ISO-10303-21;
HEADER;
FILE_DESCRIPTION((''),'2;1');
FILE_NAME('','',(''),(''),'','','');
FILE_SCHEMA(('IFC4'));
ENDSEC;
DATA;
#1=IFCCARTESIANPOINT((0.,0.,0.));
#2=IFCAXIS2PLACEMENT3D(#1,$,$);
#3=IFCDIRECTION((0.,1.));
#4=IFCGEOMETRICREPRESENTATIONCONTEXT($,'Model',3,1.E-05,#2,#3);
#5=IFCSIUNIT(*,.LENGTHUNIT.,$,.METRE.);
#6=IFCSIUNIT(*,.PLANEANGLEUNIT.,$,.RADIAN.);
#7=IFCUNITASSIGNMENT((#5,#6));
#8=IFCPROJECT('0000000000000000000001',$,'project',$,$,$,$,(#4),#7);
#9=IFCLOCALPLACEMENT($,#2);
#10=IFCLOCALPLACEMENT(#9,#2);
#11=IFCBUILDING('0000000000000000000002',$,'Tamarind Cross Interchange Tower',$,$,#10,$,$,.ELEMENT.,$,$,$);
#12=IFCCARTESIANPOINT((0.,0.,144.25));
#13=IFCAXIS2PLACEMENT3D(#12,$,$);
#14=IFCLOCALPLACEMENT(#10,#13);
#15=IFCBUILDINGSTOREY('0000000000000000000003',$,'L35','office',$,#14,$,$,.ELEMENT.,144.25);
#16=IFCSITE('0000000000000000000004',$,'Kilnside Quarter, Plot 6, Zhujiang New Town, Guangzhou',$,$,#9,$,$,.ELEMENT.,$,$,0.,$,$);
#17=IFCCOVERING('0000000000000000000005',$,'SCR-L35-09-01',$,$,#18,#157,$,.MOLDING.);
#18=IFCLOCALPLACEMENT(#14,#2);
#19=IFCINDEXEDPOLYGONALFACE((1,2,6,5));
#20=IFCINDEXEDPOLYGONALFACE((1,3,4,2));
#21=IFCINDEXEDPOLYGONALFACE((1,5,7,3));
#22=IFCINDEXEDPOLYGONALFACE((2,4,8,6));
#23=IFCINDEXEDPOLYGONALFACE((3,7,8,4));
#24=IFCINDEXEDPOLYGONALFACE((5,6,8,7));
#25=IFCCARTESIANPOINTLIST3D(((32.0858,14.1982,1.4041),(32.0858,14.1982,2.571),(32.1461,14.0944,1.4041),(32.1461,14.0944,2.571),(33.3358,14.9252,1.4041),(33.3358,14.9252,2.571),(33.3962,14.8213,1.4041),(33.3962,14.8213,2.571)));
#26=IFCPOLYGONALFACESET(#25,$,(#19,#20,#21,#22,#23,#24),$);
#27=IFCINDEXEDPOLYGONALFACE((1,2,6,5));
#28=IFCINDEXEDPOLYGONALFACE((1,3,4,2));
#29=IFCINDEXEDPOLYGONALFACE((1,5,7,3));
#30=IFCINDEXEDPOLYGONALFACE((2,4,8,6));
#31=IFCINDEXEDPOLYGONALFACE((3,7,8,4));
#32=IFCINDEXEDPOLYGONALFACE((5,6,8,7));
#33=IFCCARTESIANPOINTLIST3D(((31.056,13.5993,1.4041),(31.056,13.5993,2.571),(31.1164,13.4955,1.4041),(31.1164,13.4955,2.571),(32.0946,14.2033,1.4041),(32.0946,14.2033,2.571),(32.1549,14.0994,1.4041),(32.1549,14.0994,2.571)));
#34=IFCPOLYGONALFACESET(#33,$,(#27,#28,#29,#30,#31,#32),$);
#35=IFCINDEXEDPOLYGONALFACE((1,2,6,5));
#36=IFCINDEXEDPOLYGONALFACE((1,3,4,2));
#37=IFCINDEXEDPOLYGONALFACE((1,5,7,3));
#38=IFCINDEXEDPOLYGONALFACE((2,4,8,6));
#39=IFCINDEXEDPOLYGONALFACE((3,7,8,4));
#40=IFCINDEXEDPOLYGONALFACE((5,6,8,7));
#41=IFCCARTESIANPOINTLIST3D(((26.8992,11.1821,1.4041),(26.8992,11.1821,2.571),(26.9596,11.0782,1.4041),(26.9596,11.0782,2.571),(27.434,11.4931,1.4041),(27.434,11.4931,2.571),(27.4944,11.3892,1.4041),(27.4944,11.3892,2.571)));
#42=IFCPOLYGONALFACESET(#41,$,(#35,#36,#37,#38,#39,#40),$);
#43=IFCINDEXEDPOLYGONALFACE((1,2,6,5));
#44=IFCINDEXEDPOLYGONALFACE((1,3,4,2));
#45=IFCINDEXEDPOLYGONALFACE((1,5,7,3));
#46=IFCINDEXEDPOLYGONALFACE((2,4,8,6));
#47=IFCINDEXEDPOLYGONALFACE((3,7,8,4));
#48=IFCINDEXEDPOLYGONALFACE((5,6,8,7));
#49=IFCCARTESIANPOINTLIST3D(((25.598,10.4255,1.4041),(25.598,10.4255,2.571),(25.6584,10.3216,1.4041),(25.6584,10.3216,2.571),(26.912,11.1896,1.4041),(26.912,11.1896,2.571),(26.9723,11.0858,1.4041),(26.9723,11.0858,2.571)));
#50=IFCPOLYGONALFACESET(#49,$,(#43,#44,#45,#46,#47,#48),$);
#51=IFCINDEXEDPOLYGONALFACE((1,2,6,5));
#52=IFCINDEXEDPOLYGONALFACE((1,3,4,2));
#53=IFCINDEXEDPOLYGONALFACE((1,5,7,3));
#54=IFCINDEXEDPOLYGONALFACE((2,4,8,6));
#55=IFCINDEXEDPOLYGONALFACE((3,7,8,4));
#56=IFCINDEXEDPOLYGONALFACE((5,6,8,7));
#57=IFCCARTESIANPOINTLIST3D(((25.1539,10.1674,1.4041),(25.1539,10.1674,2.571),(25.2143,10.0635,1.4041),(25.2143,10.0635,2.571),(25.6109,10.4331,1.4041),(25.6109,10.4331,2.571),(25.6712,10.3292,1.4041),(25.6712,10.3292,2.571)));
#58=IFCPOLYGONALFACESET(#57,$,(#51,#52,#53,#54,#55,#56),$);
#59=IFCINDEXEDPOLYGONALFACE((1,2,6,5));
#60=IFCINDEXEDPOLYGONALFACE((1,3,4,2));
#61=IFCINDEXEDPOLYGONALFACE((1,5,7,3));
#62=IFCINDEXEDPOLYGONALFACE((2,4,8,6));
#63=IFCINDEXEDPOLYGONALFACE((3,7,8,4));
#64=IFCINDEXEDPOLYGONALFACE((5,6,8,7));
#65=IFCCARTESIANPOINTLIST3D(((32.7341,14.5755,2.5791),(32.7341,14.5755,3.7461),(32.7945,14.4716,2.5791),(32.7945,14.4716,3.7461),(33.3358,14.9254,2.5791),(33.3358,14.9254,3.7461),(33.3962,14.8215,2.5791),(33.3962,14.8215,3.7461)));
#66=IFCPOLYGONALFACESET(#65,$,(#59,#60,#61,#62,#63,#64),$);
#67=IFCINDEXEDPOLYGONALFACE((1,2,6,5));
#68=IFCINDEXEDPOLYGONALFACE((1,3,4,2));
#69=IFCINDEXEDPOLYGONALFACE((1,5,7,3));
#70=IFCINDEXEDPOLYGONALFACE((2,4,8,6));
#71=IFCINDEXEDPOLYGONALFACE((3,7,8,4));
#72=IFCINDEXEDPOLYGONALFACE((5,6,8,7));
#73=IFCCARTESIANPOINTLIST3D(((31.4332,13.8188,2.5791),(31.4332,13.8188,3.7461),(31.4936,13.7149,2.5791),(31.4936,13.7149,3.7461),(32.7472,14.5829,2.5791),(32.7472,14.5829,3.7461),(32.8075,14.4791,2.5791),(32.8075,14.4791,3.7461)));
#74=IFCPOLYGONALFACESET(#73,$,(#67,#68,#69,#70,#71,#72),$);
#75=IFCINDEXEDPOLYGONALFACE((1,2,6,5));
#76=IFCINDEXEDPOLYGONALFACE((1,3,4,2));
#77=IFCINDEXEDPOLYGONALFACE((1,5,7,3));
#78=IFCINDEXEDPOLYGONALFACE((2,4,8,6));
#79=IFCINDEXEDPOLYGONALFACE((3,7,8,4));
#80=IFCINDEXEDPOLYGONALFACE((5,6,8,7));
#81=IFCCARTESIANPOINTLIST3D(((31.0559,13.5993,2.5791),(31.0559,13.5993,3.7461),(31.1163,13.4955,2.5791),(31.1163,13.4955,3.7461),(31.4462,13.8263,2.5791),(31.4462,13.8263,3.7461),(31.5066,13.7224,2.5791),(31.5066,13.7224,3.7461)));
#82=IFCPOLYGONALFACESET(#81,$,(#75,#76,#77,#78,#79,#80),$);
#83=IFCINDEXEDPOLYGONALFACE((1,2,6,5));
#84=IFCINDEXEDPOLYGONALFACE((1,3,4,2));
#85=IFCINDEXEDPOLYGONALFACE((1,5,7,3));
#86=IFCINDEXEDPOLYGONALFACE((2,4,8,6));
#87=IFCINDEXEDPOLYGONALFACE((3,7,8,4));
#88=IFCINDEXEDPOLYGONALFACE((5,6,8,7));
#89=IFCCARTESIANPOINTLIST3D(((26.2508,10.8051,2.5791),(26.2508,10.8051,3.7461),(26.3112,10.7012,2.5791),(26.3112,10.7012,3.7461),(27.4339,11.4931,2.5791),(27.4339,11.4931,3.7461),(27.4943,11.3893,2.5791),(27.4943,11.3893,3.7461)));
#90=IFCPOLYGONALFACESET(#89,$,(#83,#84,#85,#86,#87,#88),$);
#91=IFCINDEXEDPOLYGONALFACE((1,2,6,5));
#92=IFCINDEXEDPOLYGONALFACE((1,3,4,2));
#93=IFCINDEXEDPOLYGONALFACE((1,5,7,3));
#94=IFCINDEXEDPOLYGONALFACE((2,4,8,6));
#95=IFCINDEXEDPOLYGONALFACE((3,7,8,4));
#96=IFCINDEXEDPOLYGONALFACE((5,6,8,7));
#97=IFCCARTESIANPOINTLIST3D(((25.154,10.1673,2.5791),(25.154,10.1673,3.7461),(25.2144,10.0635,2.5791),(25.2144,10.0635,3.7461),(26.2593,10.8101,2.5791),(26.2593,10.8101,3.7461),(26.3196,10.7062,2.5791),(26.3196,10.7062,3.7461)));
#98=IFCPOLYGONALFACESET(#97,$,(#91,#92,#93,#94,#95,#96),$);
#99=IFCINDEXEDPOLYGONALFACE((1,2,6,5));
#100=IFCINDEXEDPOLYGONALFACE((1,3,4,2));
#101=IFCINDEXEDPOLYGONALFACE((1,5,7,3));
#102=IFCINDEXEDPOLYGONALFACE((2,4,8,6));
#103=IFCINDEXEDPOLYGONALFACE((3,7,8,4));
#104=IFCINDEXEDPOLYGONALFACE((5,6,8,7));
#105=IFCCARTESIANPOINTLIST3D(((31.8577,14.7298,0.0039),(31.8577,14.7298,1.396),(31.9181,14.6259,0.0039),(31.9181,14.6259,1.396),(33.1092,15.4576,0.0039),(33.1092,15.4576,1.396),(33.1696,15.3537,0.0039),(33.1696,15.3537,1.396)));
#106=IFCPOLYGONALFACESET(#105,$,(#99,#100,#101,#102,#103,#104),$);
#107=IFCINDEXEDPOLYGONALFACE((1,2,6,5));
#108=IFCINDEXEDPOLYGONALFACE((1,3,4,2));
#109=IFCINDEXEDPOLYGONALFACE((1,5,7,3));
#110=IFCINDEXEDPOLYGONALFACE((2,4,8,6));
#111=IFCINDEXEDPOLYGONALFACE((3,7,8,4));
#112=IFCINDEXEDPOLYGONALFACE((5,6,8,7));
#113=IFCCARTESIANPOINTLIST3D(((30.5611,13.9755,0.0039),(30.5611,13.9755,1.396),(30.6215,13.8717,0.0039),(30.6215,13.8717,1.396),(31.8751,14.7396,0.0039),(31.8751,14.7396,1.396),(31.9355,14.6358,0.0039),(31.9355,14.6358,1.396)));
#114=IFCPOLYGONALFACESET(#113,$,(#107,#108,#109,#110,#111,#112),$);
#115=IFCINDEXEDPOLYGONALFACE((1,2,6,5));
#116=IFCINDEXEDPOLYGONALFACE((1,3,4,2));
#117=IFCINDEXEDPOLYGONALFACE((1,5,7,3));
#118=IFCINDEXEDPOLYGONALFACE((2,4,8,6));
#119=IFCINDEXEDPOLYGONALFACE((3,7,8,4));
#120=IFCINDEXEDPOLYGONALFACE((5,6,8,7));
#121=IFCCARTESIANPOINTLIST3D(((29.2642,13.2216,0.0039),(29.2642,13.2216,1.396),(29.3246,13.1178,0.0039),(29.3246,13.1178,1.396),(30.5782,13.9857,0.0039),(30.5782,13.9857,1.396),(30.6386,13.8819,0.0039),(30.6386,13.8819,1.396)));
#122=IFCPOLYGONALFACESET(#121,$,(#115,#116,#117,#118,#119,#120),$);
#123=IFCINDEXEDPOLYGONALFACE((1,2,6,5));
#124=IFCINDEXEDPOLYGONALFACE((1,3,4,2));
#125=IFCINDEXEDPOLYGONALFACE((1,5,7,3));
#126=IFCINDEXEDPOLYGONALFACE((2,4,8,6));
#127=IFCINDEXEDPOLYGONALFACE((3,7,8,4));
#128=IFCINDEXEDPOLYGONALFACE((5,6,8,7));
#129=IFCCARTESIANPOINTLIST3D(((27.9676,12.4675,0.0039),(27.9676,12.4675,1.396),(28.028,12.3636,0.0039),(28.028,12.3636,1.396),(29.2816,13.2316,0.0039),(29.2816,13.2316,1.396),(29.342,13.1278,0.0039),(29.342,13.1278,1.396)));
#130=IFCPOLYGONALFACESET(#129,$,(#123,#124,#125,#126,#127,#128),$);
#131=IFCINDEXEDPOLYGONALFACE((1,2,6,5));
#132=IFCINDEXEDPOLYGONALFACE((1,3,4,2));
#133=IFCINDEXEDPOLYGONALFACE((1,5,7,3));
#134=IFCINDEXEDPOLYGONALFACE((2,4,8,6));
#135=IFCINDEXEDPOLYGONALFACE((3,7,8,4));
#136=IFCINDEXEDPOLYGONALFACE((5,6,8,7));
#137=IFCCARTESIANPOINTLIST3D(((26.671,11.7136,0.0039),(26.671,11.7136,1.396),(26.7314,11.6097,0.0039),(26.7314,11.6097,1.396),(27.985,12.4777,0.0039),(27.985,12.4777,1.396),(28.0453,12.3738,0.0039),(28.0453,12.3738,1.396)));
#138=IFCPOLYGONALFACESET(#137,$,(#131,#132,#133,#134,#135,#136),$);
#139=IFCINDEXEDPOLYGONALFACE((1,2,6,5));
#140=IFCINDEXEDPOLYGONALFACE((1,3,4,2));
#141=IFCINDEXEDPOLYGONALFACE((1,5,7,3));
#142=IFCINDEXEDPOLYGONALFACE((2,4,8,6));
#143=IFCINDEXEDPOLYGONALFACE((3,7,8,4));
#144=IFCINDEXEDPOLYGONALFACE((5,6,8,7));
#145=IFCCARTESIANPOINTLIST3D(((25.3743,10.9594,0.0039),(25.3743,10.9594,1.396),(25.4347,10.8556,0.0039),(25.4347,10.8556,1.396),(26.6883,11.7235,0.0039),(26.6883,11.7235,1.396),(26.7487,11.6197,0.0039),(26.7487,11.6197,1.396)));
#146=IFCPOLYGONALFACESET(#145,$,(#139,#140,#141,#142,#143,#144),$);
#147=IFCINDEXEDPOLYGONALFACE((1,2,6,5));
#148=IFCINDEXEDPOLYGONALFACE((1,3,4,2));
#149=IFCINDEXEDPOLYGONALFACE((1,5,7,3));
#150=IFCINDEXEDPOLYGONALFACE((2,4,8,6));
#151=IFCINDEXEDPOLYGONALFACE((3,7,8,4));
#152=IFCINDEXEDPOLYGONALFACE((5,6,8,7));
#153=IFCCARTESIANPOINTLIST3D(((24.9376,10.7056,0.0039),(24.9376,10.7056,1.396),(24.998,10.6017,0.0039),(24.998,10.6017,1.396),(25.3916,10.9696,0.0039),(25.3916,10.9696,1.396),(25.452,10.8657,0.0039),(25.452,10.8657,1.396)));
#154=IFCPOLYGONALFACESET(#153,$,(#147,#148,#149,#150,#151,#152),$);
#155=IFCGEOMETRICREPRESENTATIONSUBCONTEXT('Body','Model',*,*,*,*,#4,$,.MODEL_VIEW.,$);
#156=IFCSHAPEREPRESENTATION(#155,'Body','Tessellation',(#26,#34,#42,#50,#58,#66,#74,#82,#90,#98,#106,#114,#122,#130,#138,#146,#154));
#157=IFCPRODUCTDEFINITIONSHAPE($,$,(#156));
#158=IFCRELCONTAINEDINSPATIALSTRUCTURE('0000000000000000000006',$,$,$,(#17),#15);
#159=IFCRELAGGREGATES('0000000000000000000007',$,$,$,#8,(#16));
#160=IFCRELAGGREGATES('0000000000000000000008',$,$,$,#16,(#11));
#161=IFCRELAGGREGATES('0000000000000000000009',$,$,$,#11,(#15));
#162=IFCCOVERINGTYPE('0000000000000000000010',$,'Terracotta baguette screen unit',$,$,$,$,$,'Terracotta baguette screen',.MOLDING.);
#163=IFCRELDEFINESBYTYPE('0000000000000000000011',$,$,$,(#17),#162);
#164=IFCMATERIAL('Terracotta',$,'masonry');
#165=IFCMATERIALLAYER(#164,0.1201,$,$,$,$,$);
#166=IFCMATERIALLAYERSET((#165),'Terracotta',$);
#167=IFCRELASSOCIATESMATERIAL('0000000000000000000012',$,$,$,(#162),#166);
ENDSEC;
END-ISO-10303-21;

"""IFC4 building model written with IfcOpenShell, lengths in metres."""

from ifc_helpers import new_model, si_unit, direction, frame, origin, origin_2d, place, context, subcontext, project, spatial, rectangle, extrude, material, layer, layer_set, type_object, element, save


model = new_model("IFC4")

# Units and contexts
model_context = context("Model", 3, precision=1e-05, world=origin(), true_north=direction((0.0, 1.0)))
body_context = subcontext(model_context, "Body", "Model", "MODEL_VIEW")
ifc_project = project(units=[si_unit("LENGTHUNIT", "METRE"), si_unit("PLANEANGLEUNIT", "RADIAN")], contexts=[model_context])

# Site, building, storey
site_placement = place(None, origin())
site = spatial("IfcSite", under=ifc_project, at=site_placement, Name="Kilnside Quarter, Plot 6, Zhujiang New Town, Guangzhou", CompositionType="ELEMENT", RefElevation=0.0)
building_placement = place(site_placement, origin())
building = spatial("IfcBuilding", under=site, at=building_placement, Name="Tamarind Cross Interchange Tower", CompositionType="ELEMENT")
storey_placement = place(building_placement, frame((0.0, 0.0, 144.25)))
storey = spatial("IfcBuildingStorey", under=building, at=storey_placement, Name="L35", Description="office", CompositionType="ELEMENT", Elevation=144.25)

# Covering
ifc_material_1 = material(Name="Terracotta", Category="masonry")
ifc_layer_1 = layer(ifc_material_1, 0.1201)
ifc_layer_set_1 = layer_set([ifc_layer_1], Name="Terracotta")
covering_type = type_object("IfcCoveringType", Name="Terracotta baguette screen unit", ElementType="Terracotta baguette screen", PredefinedType="MOLDING", material=ifc_layer_set_1)
covering_1_placement = place(storey_placement, origin())
element("IfcCovering", 1, at=covering_1_placement, inside=storey, type_object=covering_type, Name="SCR-L35-09-01", PredefinedType="MOLDING", context=body_context, shape_type="SweptSolid", body=[
    extrude(rectangle(XDim=1.446, YDim=0.1201, at=origin_2d()), frame((32.741, 14.5098, 1.4041), z_axis=(0.0, 0.0, 1.0), x_axis=(-0.864456, -0.502708, 0.0)), (0.0, 0.0, 1.0), 1.167),
    extrude(rectangle(XDim=1.2014, YDim=0.1201, at=origin_2d()), frame((31.6055, 13.8494, 1.4041), z_axis=(0.0, 0.0, 1.0), x_axis=(-0.864456, -0.502708, 0.0)), (0.0, 0.0, 1.0), 1.167),
    extrude(rectangle(XDim=0.6187, YDim=0.1201, at=origin_2d()), frame((27.1968, 11.2856, 1.4041), z_axis=(0.0, 0.0, 1.0), x_axis=(-0.864456, -0.502708, 0.0)), (0.0, 0.0, 1.0), 1.167),
    extrude(rectangle(XDim=1.52, YDim=0.1201, at=origin_2d()), frame((26.2852, 10.7556, 1.4041), z_axis=(0.0, 0.0, 1.0), x_axis=(-0.864456, -0.502708, 0.0)), (0.0, 0.0, 1.0), 1.167),
    extrude(rectangle(XDim=0.5286, YDim=0.1201, at=origin_2d()), frame((25.4126, 10.2483, 1.4041), z_axis=(0.0, 0.0, 1.0), x_axis=(-0.864456, -0.502708, 0.0)), (0.0, 0.0, 1.0), 1.167),
    extrude(rectangle(XDim=0.696, YDim=0.1201, at=origin_2d()), frame((33.0652, 14.6985, 2.5791), z_axis=(0.0, 0.0, 1.0), x_axis=(-0.864456, -0.502708, 0.0)), (0.0, 0.0, 1.0), 1.167),
    extrude(rectangle(XDim=1.52, YDim=0.1201, at=origin_2d()), frame((32.1204, 14.1489, 2.5791), z_axis=(0.0, 0.0, 1.0), x_axis=(-0.864456, -0.502708, 0.0)), (0.0, 0.0, 1.0), 1.167),
    extrude(rectangle(XDim=0.4514, YDim=0.1201, at=origin_2d()), frame((31.2812, 13.6609, 2.5791), z_axis=(0.0, 0.0, 1.0), x_axis=(-0.864456, -0.502708, 0.0)), (0.0, 0.0, 1.0), 1.167),
    extrude(rectangle(XDim=1.3687, YDim=0.1201, at=origin_2d()), frame((26.8726, 11.0972, 2.5791), z_axis=(0.0, 0.0, 1.0), x_axis=(-0.864456, -0.502708, 0.0)), (0.0, 0.0, 1.0), 1.167),
    extrude(rectangle(XDim=1.2786, YDim=0.1201, at=origin_2d()), frame((25.7368, 10.4368, 2.5791), z_axis=(0.0, 0.0, 1.0), x_axis=(-0.864456, -0.502708, 0.0)), (0.0, 0.0, 1.0), 1.167),
    extrude(rectangle(XDim=1.4478, YDim=0.1201, at=origin_2d()), frame((32.5137, 15.0417, 0.0039), z_axis=(0.0, 0.0, 1.0), x_axis=(-0.864456, -0.502708, 0.0)), (0.0, 0.0, 1.0), 1.3921),
    extrude(rectangle(XDim=1.52, YDim=0.1201, at=origin_2d()), frame((31.2483, 14.3057, 0.0039), z_axis=(0.0, 0.0, 1.0), x_axis=(-0.864456, -0.502708, 0.0)), (0.0, 0.0, 1.0), 1.3921),
    extrude(rectangle(XDim=1.52, YDim=0.1201, at=origin_2d()), frame((29.9514, 13.5518, 0.0039), z_axis=(0.0, 0.0, 1.0), x_axis=(-0.864456, -0.502708, 0.0)), (0.0, 0.0, 1.0), 1.3921),
    extrude(rectangle(XDim=1.52, YDim=0.1201, at=origin_2d()), frame((28.6548, 12.7976, 0.0039), z_axis=(0.0, 0.0, 1.0), x_axis=(-0.864456, -0.502708, 0.0)), (0.0, 0.0, 1.0), 1.3921),
    extrude(rectangle(XDim=1.52, YDim=0.1201, at=origin_2d()), frame((27.3582, 12.0437, 0.0039), z_axis=(0.0, 0.0, 1.0), x_axis=(-0.864456, -0.502708, 0.0)), (0.0, 0.0, 1.0), 1.3921),
    extrude(rectangle(XDim=1.52, YDim=0.1201, at=origin_2d()), frame((26.0615, 11.2896, 0.0039), z_axis=(0.0, 0.0, 1.0), x_axis=(-0.864456, -0.502708, 0.0)), (0.0, 0.0, 1.0), 1.3921),
    extrude(rectangle(XDim=0.5251, YDim=0.1201, at=origin_2d()), frame((25.1948, 10.7856, 0.0039), z_axis=(0.0, 0.0, 1.0), x_axis=(-0.864456, -0.502708, 0.0)), (0.0, 0.0, 1.0), 1.3921),
])

save(model, "model.ifc")
